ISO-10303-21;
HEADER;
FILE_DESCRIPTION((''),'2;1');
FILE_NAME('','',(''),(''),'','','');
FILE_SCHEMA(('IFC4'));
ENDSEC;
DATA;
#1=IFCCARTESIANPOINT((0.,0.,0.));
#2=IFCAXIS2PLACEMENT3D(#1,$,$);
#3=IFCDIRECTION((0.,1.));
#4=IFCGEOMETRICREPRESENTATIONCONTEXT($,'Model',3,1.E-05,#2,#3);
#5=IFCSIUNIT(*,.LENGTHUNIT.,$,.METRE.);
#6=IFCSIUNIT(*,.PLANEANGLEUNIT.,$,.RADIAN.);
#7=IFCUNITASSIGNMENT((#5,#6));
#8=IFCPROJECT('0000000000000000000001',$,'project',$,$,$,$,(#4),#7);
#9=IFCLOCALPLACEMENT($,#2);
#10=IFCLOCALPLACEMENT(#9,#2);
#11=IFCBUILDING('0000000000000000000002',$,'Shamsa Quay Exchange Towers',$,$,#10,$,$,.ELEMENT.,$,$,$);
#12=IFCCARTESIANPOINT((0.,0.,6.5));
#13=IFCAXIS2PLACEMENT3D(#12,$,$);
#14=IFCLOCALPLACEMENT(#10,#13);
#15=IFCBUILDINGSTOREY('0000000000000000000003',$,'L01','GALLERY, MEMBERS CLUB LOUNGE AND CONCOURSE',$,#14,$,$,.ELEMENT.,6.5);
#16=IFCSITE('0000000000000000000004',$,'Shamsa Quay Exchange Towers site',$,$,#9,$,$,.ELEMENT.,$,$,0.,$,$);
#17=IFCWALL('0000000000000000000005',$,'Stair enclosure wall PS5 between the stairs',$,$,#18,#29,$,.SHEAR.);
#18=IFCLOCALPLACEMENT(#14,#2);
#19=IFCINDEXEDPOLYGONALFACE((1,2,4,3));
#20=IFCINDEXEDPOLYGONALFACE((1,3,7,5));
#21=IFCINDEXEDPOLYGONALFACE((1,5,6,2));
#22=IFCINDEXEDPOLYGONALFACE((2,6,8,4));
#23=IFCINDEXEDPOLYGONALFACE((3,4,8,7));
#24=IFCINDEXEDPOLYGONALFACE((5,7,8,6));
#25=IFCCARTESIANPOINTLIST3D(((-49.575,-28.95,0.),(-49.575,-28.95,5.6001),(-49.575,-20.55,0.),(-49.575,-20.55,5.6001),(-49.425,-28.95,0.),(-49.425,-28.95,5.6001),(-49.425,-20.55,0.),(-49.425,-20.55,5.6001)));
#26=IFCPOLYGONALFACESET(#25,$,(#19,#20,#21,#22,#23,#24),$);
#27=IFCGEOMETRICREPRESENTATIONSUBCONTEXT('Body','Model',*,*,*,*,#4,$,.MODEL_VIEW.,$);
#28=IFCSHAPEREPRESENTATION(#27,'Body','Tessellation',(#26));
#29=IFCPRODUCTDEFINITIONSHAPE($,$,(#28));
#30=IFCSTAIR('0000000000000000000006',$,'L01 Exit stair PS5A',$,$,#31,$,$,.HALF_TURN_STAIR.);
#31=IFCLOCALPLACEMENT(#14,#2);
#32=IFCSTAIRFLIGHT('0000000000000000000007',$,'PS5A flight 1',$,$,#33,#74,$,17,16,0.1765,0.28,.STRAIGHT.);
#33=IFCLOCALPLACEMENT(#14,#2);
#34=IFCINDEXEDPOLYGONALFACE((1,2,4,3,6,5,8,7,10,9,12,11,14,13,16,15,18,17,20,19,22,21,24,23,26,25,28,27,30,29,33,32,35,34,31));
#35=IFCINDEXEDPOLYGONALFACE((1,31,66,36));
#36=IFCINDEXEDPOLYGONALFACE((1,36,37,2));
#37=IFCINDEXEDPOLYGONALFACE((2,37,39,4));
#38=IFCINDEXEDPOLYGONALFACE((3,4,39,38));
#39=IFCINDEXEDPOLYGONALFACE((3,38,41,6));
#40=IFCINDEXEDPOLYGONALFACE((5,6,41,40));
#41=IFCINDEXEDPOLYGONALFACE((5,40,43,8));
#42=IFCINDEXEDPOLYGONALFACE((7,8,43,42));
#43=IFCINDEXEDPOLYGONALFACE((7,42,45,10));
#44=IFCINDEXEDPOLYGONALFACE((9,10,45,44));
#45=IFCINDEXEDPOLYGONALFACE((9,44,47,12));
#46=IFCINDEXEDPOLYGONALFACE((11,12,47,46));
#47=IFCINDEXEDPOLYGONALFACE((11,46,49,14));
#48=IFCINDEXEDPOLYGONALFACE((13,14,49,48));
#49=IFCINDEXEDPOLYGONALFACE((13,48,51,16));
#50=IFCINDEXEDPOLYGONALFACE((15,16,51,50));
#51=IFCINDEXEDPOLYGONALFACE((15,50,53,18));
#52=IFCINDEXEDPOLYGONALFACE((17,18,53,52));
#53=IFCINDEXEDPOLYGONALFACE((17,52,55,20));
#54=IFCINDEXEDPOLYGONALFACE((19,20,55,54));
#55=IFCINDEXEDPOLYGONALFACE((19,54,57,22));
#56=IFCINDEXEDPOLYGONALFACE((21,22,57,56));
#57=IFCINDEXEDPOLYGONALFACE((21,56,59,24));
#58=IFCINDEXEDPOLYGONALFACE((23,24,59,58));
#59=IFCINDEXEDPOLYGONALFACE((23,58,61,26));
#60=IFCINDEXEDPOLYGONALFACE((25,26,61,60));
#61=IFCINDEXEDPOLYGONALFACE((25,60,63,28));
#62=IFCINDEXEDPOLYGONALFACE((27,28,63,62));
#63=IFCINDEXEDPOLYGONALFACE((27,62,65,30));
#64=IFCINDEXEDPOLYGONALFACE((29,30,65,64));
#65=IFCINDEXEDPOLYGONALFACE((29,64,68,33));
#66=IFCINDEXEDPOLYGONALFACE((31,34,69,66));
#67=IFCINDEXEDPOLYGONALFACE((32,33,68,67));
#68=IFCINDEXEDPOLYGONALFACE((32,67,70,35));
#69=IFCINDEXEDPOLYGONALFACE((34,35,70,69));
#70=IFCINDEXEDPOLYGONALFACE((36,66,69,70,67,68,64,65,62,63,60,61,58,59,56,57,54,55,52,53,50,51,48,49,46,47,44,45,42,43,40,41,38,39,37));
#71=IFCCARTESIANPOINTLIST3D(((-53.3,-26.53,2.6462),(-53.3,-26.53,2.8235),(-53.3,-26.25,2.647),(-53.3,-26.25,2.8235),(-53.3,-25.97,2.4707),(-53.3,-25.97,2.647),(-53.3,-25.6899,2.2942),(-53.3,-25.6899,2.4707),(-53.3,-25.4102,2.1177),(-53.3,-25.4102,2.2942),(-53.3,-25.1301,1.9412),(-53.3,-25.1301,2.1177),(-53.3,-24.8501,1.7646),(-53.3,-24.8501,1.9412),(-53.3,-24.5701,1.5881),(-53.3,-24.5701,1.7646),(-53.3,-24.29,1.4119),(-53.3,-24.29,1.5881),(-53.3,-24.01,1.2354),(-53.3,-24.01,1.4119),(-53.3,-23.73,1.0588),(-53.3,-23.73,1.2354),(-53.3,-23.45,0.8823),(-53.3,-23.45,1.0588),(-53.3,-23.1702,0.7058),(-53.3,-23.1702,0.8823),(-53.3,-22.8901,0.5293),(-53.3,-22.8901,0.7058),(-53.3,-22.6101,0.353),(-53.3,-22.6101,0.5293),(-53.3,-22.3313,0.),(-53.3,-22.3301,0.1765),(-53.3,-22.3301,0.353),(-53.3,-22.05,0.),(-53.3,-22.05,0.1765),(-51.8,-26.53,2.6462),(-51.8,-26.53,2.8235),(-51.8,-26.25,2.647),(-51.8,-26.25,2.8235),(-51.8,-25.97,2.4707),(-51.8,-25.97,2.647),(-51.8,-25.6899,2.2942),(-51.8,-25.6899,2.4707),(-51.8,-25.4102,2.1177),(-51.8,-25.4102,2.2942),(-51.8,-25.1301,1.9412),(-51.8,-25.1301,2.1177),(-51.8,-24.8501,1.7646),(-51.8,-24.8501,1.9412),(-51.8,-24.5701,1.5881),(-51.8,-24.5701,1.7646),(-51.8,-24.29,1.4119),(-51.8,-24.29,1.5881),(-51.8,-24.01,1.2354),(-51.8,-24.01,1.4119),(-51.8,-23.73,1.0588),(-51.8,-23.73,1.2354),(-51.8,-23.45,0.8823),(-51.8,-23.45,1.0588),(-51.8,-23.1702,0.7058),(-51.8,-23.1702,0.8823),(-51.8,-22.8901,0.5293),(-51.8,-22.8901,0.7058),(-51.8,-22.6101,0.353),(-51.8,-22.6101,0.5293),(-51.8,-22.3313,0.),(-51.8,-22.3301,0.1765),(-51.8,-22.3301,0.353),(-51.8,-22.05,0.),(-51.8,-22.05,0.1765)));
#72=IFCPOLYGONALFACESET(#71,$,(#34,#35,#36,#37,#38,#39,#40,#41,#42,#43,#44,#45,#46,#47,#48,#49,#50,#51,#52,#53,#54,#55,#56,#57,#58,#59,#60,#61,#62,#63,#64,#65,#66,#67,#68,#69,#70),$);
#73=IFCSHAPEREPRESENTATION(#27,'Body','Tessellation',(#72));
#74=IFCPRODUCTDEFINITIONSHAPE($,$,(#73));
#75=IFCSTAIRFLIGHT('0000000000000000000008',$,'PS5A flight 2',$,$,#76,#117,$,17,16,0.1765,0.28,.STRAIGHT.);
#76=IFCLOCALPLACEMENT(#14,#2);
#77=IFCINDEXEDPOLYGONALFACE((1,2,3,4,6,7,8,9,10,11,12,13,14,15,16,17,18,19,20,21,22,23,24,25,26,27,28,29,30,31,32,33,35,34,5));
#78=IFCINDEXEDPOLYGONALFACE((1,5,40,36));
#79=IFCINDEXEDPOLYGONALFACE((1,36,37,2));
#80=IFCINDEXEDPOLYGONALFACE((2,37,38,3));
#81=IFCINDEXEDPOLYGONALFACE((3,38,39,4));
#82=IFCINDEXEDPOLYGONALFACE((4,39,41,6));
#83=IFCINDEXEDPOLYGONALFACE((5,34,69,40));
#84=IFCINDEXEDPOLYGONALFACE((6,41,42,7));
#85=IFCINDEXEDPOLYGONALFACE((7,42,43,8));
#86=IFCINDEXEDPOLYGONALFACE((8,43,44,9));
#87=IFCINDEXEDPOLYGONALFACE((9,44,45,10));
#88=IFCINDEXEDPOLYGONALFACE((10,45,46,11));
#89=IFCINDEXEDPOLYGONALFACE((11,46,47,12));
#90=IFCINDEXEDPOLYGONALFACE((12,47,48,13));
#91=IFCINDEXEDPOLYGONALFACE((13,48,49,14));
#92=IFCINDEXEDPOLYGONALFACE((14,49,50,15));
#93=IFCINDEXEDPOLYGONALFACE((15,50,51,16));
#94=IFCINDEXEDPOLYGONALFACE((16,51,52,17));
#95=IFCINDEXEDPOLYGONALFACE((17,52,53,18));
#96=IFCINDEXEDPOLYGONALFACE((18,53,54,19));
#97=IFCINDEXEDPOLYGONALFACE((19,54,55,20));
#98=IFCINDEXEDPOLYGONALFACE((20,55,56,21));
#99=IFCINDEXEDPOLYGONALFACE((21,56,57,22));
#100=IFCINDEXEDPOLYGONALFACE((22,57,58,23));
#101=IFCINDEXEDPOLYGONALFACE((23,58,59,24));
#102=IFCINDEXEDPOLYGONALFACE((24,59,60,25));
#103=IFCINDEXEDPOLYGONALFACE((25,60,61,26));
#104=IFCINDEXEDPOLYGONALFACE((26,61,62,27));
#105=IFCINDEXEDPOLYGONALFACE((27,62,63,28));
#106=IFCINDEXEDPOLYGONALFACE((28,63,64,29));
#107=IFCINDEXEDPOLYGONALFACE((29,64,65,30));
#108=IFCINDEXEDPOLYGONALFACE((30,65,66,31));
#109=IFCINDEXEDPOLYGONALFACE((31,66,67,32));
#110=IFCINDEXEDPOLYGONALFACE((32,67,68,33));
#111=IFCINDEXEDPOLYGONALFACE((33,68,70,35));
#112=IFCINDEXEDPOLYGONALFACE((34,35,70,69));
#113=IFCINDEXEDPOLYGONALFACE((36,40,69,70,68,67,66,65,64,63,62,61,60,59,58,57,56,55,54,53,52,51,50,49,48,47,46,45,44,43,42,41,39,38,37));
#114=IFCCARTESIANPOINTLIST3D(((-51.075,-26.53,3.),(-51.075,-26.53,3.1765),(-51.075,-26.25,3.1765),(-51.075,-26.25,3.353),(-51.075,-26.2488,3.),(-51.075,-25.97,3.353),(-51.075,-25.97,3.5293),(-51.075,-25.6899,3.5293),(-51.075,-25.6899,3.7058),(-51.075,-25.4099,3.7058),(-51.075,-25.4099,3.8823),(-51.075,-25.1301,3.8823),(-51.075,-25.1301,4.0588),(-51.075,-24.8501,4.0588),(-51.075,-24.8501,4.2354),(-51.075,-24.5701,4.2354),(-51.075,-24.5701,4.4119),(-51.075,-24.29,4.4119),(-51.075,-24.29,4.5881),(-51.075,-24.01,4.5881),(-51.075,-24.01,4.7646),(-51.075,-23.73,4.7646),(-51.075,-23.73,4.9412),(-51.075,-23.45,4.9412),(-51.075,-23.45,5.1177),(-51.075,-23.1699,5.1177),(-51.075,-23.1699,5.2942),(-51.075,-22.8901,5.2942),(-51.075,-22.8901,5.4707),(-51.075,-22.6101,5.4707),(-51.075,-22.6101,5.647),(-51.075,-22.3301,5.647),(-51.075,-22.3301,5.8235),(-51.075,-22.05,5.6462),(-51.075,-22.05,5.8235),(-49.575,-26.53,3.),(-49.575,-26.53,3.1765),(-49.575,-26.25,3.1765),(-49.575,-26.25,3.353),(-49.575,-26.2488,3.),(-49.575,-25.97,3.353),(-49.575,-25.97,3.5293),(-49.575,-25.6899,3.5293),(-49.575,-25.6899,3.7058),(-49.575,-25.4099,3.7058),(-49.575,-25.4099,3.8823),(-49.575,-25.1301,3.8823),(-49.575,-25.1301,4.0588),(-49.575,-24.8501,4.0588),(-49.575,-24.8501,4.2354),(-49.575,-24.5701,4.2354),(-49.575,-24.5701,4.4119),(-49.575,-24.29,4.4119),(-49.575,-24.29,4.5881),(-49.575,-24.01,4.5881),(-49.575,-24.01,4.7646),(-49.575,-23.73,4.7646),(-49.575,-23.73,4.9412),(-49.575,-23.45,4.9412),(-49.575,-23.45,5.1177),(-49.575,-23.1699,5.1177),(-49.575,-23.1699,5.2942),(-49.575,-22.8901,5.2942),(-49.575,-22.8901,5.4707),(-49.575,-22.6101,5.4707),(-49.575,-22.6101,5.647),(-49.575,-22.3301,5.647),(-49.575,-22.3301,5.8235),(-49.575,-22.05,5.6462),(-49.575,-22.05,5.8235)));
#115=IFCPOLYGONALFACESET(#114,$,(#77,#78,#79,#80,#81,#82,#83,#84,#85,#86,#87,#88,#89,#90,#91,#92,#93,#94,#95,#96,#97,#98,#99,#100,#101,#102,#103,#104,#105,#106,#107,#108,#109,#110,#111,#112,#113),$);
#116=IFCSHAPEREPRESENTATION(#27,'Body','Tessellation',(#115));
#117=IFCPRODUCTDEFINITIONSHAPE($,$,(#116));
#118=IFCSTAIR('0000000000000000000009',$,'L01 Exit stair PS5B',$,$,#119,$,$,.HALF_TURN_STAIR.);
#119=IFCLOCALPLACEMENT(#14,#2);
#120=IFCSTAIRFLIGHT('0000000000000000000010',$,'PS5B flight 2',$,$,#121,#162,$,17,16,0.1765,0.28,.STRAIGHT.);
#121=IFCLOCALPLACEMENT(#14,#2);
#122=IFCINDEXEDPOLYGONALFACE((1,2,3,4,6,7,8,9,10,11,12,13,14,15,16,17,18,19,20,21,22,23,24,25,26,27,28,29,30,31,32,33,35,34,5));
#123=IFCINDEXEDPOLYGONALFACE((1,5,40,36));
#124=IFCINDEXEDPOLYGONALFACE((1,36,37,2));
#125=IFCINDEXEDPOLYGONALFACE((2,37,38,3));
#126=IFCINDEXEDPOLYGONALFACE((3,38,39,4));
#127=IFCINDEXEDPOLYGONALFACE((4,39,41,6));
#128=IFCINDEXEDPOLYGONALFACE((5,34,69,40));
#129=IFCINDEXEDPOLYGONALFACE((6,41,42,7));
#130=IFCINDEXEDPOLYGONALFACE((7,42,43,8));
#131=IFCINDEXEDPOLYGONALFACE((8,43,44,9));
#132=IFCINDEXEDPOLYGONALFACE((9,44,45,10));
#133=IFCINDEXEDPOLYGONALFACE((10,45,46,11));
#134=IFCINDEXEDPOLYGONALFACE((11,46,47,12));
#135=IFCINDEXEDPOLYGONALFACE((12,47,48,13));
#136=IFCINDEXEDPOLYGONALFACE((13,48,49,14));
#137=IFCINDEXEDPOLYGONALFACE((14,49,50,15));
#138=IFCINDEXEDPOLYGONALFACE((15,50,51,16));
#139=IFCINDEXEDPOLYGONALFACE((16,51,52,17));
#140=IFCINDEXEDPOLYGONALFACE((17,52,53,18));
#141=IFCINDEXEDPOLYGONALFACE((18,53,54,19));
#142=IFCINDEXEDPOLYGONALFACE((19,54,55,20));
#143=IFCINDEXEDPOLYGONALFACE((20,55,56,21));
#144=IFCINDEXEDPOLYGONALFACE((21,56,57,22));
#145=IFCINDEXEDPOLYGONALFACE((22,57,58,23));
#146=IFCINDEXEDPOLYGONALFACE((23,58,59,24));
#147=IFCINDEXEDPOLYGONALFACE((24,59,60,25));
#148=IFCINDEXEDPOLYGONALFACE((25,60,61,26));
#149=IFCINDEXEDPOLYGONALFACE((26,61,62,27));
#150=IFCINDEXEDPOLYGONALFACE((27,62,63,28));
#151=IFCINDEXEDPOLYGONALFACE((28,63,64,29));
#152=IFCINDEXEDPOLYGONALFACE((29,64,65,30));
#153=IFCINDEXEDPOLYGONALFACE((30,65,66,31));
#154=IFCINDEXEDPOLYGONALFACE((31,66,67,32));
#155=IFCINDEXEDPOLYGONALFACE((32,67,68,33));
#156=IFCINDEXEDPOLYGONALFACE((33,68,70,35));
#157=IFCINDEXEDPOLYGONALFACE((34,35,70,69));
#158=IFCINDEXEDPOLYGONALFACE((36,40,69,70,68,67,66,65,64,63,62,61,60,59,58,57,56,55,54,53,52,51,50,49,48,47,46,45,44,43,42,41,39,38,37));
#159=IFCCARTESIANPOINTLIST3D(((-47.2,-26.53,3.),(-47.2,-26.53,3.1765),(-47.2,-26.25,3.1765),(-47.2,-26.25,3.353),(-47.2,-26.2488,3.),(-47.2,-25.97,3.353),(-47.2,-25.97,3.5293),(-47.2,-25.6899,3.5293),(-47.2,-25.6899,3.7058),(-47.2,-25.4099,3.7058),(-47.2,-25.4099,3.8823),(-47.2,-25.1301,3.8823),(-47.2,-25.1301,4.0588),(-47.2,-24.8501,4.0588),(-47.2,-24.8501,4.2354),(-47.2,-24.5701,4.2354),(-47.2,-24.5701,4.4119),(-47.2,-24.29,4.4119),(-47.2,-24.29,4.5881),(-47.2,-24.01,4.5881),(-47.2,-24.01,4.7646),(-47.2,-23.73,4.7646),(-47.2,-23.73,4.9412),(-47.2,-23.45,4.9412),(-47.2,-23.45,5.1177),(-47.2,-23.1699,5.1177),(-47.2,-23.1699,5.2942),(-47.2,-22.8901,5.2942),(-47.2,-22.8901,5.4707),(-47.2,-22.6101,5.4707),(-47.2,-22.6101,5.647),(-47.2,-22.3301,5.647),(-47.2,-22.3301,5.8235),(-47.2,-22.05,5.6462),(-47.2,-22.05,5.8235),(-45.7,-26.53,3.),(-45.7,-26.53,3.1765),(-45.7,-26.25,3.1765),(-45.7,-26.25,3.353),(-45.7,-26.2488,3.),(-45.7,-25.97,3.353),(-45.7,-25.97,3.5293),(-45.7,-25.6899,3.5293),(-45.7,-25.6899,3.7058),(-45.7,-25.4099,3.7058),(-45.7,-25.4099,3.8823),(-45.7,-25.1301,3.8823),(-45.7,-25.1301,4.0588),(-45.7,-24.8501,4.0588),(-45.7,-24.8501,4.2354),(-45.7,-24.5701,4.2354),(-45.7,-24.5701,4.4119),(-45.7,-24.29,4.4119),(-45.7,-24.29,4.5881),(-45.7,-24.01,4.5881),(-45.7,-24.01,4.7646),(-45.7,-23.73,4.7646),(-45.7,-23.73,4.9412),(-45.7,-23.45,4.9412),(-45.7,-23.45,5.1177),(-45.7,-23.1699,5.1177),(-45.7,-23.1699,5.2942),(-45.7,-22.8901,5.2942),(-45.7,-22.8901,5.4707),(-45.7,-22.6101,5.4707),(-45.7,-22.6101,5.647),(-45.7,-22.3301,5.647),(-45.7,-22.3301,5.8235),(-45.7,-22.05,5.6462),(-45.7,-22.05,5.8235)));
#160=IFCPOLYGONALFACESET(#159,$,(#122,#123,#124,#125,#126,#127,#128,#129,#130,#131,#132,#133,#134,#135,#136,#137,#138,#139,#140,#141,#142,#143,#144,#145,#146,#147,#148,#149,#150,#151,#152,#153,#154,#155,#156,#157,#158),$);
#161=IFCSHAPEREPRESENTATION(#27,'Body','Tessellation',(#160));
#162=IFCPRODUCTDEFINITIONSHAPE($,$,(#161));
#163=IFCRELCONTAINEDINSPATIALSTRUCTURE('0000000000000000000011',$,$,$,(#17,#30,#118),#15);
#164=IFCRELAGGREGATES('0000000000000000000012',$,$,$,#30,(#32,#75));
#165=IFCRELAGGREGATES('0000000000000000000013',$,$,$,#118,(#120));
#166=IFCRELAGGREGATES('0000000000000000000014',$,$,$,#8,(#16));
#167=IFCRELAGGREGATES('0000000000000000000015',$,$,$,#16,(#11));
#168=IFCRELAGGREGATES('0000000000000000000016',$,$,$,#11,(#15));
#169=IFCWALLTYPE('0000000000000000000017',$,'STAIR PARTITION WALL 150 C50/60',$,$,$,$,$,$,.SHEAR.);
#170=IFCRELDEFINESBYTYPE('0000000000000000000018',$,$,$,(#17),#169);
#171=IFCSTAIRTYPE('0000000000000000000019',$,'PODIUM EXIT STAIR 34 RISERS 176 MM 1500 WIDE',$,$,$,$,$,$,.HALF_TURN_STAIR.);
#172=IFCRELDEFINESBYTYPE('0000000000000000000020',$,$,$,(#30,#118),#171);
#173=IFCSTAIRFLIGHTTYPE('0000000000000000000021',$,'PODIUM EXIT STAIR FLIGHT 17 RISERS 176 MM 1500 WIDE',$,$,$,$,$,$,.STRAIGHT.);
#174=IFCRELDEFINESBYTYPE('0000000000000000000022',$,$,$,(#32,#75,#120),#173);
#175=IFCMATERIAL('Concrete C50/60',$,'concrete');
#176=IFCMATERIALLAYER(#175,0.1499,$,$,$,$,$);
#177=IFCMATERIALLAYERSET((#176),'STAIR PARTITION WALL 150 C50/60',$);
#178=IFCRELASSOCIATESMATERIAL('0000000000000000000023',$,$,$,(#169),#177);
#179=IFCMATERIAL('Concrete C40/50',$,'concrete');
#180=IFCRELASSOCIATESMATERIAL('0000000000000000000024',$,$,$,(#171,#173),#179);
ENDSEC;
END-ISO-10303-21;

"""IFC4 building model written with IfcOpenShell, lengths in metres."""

from ifc_helpers import new_model, si_unit, direction, frame, frame_2d, origin, place, context, subcontext, project, spatial, polyline, rectangle, outline, extrude, material, layer, layer_set, type_object, element, aggregate, save


model = new_model("IFC4")

# Units and contexts
model_context = context("Model", 3, precision=1e-05, world=origin(), true_north=direction((0.0, 1.0)))
body_context = subcontext(model_context, "Body", "Model", "MODEL_VIEW")
ifc_project = project(units=[si_unit("LENGTHUNIT", "METRE"), si_unit("PLANEANGLEUNIT", "RADIAN")], contexts=[model_context])

# Site, building, storey
site_placement = place(None, origin())
site = spatial("IfcSite", under=ifc_project, at=site_placement, Name="Shamsa Quay Exchange Towers site", CompositionType="ELEMENT", RefElevation=0.0)
building_placement = place(site_placement, origin())
building = spatial("IfcBuilding", under=site, at=building_placement, Name="Shamsa Quay Exchange Towers", CompositionType="ELEMENT")
storey_placement = place(building_placement, frame((0.0, 0.0, 6.5)))
storey = spatial("IfcBuildingStorey", under=building, at=storey_placement, Name="L01", Description="GALLERY, MEMBERS CLUB LOUNGE AND CONCOURSE", CompositionType="ELEMENT", Elevation=6.5)

# Wall
ifc_material_1 = material(Name="Concrete C50/60", Category="concrete")
ifc_layer_1 = layer(ifc_material_1, 0.1499)
ifc_layer_set_1 = layer_set([ifc_layer_1], Name="STAIR PARTITION WALL 150 C50/60")
wall_type_1 = type_object("IfcWallType", Name="STAIR PARTITION WALL 150 C50/60", PredefinedType="SHEAR", material=ifc_layer_set_1)
wall_1_placement = place(storey_placement, frame((-49.5, -28.95, 0.0), z_axis=(0.0, 0.0, 1.0), x_axis=(0.0, 1.0, 0.0)))
element("IfcWall", 1, at=wall_1_placement, inside=storey, type_object=wall_type_1, Name="Stair enclosure wall PS5 between the stairs", PredefinedType="SHEAR", context=body_context, shape_type="SweptSolid", body=[
    extrude(rectangle(XDim=8.3999, YDim=0.1499, at=frame_2d((4.2, 0.0))), origin(), (0.0, 0.0, 1.0), 5.6001),
])

# Stair, stair flights
ifc_material_2 = material(Name="Concrete C40/50", Category="concrete")
stair_type = type_object("IfcStairType", Name="PODIUM EXIT STAIR 34 RISERS 176 MM 1500 WIDE", PredefinedType="HALF_TURN_STAIR", material=ifc_material_2)
stair_1_placement = place(storey_placement, origin())
stair_1 = element("IfcStair", 2, at=stair_1_placement, inside=storey, type_object=stair_type, Name="L01 Exit stair PS5A", PredefinedType="HALF_TURN_STAIR")
stair_flight_type = type_object("IfcStairFlightType", Name="PODIUM EXIT STAIR FLIGHT 17 RISERS 176 MM 1500 WIDE", PredefinedType="STRAIGHT", material=ifc_material_2)
stair_flight_1_placement = place(storey_placement, frame((-52.55, -22.05, 0.0), z_axis=(0.0, 0.0, 1.0), x_axis=(0.0, -1.0, 0.0)))
stair_flight_1 = element("IfcStairFlight", 3, at=stair_flight_1_placement, type_object=stair_flight_type, Name="PS5A flight 1", NumberOfRisers=17, NumberOfTreads=16, PredefinedType="STRAIGHT", RiserHeight=0.1765, TreadLength=0.28, context=body_context, shape_type="SweptSolid", body=[
    extrude(outline(polyline([(0.0, 0.0), (0.0, 0.1765), (0.28, 0.1765), (0.28, 0.353), (0.5601, 0.353), (0.5601, 0.5293), (0.8401, 0.5293), (0.8401, 0.7058), (1.1201, 0.7058), (1.1201, 0.8823), (1.3999, 0.8823), (1.3999, 1.0588), (1.6799, 1.0588), (1.6799, 1.2354), (1.96, 1.2354), (1.96, 1.4119), (2.24, 1.4119), (2.24, 1.5881), (2.52, 1.5881), (2.52, 1.7646), (2.8, 1.7646), (2.8, 1.9412), (3.0801, 1.9412), (3.0801, 2.1177), (3.3601, 2.1177), (3.3601, 2.2942), (3.6399, 2.2942), (3.6399, 2.4707), (3.9199, 2.4707), (3.9199, 2.647), (4.2, 2.647), (4.2, 2.8235), (4.48, 2.8235), (4.48, 3.0), (4.48, 2.6462), (0.2812, 0.0), (0.0, 0.0)])), frame((0.0, 0.75, 0.0), z_axis=(0.0, -1.0, 0.0), x_axis=(1.0, 0.0, 0.0)), (0.0, 0.0, 1.0), 1.5),
])
stair_flight_2_placement = place(storey_placement, frame((-50.325, -26.53, 3.0), z_axis=(0.0, 0.0, 1.0), x_axis=(0.0, 1.0, 0.0)))
stair_flight_2 = element("IfcStairFlight", 4, at=stair_flight_2_placement, type_object=stair_flight_type, Name="PS5A flight 2", NumberOfRisers=17, NumberOfTreads=16, PredefinedType="STRAIGHT", RiserHeight=0.1765, TreadLength=0.28, context=body_context, shape_type="SweptSolid", body=[
    extrude(outline(polyline([(0.0, 0.0), (0.0, 0.1765), (0.28, 0.1765), (0.28, 0.353), (0.5601, 0.353), (0.5601, 0.5293), (0.8401, 0.5293), (0.8401, 0.7058), (1.1201, 0.7058), (1.1201, 0.8823), (1.3999, 0.8823), (1.3999, 1.0588), (1.6799, 1.0588), (1.6799, 1.2354), (1.96, 1.2354), (1.96, 1.4119), (2.24, 1.4119), (2.24, 1.5881), (2.52, 1.5881), (2.52, 1.7646), (2.8, 1.7646), (2.8, 1.9412), (3.0801, 1.9412), (3.0801, 2.1177), (3.3601, 2.1177), (3.3601, 2.2942), (3.6399, 2.2942), (3.6399, 2.4707), (3.9199, 2.4707), (3.9199, 2.647), (4.2, 2.647), (4.2, 2.8235), (4.48, 2.8235), (4.48, 3.0), (4.48, 2.6462), (0.2812, 0.0), (0.0, 0.0)])), frame((0.0, 0.75, 0.0), z_axis=(0.0, -1.0, 0.0), x_axis=(1.0, 0.0, 0.0)), (0.0, 0.0, 1.0), 1.5),
])
aggregate(stair_1, [stair_flight_1, stair_flight_2])

# Stair, stair flight
stair_2_placement = place(storey_placement, origin())
stair_2 = element("IfcStair", 5, at=stair_2_placement, inside=storey, type_object=stair_type, Name="L01 Exit stair PS5B", PredefinedType="HALF_TURN_STAIR")
stair_flight_3_placement = place(storey_placement, frame((-46.45, -26.53, 3.0), z_axis=(0.0, 0.0, 1.0), x_axis=(0.0, 1.0, 0.0)))
stair_flight_3 = element("IfcStairFlight", 6, at=stair_flight_3_placement, type_object=stair_flight_type, Name="PS5B flight 2", NumberOfRisers=17, NumberOfTreads=16, PredefinedType="STRAIGHT", RiserHeight=0.1765, TreadLength=0.28, context=body_context, shape_type="SweptSolid", body=[
    extrude(outline(polyline([(0.0, 0.0), (0.0, 0.1765), (0.28, 0.1765), (0.28, 0.353), (0.5601, 0.353), (0.5601, 0.5293), (0.8401, 0.5293), (0.8401, 0.7058), (1.1201, 0.7058), (1.1201, 0.8823), (1.3999, 0.8823), (1.3999, 1.0588), (1.6799, 1.0588), (1.6799, 1.2354), (1.96, 1.2354), (1.96, 1.4119), (2.24, 1.4119), (2.24, 1.5881), (2.52, 1.5881), (2.52, 1.7646), (2.8, 1.7646), (2.8, 1.9412), (3.0801, 1.9412), (3.0801, 2.1177), (3.3601, 2.1177), (3.3601, 2.2942), (3.6399, 2.2942), (3.6399, 2.4707), (3.9199, 2.4707), (3.9199, 2.647), (4.2, 2.647), (4.2, 2.8235), (4.48, 2.8235), (4.48, 3.0), (4.48, 2.6462), (0.2812, 0.0), (0.0, 0.0)])), frame((0.0, 0.75, 0.0), z_axis=(0.0, -1.0, 0.0), x_axis=(1.0, 0.0, 0.0)), (0.0, 0.0, 1.0), 1.5),
])
aggregate(stair_2, [stair_flight_3])

save(model, "model.ifc")
